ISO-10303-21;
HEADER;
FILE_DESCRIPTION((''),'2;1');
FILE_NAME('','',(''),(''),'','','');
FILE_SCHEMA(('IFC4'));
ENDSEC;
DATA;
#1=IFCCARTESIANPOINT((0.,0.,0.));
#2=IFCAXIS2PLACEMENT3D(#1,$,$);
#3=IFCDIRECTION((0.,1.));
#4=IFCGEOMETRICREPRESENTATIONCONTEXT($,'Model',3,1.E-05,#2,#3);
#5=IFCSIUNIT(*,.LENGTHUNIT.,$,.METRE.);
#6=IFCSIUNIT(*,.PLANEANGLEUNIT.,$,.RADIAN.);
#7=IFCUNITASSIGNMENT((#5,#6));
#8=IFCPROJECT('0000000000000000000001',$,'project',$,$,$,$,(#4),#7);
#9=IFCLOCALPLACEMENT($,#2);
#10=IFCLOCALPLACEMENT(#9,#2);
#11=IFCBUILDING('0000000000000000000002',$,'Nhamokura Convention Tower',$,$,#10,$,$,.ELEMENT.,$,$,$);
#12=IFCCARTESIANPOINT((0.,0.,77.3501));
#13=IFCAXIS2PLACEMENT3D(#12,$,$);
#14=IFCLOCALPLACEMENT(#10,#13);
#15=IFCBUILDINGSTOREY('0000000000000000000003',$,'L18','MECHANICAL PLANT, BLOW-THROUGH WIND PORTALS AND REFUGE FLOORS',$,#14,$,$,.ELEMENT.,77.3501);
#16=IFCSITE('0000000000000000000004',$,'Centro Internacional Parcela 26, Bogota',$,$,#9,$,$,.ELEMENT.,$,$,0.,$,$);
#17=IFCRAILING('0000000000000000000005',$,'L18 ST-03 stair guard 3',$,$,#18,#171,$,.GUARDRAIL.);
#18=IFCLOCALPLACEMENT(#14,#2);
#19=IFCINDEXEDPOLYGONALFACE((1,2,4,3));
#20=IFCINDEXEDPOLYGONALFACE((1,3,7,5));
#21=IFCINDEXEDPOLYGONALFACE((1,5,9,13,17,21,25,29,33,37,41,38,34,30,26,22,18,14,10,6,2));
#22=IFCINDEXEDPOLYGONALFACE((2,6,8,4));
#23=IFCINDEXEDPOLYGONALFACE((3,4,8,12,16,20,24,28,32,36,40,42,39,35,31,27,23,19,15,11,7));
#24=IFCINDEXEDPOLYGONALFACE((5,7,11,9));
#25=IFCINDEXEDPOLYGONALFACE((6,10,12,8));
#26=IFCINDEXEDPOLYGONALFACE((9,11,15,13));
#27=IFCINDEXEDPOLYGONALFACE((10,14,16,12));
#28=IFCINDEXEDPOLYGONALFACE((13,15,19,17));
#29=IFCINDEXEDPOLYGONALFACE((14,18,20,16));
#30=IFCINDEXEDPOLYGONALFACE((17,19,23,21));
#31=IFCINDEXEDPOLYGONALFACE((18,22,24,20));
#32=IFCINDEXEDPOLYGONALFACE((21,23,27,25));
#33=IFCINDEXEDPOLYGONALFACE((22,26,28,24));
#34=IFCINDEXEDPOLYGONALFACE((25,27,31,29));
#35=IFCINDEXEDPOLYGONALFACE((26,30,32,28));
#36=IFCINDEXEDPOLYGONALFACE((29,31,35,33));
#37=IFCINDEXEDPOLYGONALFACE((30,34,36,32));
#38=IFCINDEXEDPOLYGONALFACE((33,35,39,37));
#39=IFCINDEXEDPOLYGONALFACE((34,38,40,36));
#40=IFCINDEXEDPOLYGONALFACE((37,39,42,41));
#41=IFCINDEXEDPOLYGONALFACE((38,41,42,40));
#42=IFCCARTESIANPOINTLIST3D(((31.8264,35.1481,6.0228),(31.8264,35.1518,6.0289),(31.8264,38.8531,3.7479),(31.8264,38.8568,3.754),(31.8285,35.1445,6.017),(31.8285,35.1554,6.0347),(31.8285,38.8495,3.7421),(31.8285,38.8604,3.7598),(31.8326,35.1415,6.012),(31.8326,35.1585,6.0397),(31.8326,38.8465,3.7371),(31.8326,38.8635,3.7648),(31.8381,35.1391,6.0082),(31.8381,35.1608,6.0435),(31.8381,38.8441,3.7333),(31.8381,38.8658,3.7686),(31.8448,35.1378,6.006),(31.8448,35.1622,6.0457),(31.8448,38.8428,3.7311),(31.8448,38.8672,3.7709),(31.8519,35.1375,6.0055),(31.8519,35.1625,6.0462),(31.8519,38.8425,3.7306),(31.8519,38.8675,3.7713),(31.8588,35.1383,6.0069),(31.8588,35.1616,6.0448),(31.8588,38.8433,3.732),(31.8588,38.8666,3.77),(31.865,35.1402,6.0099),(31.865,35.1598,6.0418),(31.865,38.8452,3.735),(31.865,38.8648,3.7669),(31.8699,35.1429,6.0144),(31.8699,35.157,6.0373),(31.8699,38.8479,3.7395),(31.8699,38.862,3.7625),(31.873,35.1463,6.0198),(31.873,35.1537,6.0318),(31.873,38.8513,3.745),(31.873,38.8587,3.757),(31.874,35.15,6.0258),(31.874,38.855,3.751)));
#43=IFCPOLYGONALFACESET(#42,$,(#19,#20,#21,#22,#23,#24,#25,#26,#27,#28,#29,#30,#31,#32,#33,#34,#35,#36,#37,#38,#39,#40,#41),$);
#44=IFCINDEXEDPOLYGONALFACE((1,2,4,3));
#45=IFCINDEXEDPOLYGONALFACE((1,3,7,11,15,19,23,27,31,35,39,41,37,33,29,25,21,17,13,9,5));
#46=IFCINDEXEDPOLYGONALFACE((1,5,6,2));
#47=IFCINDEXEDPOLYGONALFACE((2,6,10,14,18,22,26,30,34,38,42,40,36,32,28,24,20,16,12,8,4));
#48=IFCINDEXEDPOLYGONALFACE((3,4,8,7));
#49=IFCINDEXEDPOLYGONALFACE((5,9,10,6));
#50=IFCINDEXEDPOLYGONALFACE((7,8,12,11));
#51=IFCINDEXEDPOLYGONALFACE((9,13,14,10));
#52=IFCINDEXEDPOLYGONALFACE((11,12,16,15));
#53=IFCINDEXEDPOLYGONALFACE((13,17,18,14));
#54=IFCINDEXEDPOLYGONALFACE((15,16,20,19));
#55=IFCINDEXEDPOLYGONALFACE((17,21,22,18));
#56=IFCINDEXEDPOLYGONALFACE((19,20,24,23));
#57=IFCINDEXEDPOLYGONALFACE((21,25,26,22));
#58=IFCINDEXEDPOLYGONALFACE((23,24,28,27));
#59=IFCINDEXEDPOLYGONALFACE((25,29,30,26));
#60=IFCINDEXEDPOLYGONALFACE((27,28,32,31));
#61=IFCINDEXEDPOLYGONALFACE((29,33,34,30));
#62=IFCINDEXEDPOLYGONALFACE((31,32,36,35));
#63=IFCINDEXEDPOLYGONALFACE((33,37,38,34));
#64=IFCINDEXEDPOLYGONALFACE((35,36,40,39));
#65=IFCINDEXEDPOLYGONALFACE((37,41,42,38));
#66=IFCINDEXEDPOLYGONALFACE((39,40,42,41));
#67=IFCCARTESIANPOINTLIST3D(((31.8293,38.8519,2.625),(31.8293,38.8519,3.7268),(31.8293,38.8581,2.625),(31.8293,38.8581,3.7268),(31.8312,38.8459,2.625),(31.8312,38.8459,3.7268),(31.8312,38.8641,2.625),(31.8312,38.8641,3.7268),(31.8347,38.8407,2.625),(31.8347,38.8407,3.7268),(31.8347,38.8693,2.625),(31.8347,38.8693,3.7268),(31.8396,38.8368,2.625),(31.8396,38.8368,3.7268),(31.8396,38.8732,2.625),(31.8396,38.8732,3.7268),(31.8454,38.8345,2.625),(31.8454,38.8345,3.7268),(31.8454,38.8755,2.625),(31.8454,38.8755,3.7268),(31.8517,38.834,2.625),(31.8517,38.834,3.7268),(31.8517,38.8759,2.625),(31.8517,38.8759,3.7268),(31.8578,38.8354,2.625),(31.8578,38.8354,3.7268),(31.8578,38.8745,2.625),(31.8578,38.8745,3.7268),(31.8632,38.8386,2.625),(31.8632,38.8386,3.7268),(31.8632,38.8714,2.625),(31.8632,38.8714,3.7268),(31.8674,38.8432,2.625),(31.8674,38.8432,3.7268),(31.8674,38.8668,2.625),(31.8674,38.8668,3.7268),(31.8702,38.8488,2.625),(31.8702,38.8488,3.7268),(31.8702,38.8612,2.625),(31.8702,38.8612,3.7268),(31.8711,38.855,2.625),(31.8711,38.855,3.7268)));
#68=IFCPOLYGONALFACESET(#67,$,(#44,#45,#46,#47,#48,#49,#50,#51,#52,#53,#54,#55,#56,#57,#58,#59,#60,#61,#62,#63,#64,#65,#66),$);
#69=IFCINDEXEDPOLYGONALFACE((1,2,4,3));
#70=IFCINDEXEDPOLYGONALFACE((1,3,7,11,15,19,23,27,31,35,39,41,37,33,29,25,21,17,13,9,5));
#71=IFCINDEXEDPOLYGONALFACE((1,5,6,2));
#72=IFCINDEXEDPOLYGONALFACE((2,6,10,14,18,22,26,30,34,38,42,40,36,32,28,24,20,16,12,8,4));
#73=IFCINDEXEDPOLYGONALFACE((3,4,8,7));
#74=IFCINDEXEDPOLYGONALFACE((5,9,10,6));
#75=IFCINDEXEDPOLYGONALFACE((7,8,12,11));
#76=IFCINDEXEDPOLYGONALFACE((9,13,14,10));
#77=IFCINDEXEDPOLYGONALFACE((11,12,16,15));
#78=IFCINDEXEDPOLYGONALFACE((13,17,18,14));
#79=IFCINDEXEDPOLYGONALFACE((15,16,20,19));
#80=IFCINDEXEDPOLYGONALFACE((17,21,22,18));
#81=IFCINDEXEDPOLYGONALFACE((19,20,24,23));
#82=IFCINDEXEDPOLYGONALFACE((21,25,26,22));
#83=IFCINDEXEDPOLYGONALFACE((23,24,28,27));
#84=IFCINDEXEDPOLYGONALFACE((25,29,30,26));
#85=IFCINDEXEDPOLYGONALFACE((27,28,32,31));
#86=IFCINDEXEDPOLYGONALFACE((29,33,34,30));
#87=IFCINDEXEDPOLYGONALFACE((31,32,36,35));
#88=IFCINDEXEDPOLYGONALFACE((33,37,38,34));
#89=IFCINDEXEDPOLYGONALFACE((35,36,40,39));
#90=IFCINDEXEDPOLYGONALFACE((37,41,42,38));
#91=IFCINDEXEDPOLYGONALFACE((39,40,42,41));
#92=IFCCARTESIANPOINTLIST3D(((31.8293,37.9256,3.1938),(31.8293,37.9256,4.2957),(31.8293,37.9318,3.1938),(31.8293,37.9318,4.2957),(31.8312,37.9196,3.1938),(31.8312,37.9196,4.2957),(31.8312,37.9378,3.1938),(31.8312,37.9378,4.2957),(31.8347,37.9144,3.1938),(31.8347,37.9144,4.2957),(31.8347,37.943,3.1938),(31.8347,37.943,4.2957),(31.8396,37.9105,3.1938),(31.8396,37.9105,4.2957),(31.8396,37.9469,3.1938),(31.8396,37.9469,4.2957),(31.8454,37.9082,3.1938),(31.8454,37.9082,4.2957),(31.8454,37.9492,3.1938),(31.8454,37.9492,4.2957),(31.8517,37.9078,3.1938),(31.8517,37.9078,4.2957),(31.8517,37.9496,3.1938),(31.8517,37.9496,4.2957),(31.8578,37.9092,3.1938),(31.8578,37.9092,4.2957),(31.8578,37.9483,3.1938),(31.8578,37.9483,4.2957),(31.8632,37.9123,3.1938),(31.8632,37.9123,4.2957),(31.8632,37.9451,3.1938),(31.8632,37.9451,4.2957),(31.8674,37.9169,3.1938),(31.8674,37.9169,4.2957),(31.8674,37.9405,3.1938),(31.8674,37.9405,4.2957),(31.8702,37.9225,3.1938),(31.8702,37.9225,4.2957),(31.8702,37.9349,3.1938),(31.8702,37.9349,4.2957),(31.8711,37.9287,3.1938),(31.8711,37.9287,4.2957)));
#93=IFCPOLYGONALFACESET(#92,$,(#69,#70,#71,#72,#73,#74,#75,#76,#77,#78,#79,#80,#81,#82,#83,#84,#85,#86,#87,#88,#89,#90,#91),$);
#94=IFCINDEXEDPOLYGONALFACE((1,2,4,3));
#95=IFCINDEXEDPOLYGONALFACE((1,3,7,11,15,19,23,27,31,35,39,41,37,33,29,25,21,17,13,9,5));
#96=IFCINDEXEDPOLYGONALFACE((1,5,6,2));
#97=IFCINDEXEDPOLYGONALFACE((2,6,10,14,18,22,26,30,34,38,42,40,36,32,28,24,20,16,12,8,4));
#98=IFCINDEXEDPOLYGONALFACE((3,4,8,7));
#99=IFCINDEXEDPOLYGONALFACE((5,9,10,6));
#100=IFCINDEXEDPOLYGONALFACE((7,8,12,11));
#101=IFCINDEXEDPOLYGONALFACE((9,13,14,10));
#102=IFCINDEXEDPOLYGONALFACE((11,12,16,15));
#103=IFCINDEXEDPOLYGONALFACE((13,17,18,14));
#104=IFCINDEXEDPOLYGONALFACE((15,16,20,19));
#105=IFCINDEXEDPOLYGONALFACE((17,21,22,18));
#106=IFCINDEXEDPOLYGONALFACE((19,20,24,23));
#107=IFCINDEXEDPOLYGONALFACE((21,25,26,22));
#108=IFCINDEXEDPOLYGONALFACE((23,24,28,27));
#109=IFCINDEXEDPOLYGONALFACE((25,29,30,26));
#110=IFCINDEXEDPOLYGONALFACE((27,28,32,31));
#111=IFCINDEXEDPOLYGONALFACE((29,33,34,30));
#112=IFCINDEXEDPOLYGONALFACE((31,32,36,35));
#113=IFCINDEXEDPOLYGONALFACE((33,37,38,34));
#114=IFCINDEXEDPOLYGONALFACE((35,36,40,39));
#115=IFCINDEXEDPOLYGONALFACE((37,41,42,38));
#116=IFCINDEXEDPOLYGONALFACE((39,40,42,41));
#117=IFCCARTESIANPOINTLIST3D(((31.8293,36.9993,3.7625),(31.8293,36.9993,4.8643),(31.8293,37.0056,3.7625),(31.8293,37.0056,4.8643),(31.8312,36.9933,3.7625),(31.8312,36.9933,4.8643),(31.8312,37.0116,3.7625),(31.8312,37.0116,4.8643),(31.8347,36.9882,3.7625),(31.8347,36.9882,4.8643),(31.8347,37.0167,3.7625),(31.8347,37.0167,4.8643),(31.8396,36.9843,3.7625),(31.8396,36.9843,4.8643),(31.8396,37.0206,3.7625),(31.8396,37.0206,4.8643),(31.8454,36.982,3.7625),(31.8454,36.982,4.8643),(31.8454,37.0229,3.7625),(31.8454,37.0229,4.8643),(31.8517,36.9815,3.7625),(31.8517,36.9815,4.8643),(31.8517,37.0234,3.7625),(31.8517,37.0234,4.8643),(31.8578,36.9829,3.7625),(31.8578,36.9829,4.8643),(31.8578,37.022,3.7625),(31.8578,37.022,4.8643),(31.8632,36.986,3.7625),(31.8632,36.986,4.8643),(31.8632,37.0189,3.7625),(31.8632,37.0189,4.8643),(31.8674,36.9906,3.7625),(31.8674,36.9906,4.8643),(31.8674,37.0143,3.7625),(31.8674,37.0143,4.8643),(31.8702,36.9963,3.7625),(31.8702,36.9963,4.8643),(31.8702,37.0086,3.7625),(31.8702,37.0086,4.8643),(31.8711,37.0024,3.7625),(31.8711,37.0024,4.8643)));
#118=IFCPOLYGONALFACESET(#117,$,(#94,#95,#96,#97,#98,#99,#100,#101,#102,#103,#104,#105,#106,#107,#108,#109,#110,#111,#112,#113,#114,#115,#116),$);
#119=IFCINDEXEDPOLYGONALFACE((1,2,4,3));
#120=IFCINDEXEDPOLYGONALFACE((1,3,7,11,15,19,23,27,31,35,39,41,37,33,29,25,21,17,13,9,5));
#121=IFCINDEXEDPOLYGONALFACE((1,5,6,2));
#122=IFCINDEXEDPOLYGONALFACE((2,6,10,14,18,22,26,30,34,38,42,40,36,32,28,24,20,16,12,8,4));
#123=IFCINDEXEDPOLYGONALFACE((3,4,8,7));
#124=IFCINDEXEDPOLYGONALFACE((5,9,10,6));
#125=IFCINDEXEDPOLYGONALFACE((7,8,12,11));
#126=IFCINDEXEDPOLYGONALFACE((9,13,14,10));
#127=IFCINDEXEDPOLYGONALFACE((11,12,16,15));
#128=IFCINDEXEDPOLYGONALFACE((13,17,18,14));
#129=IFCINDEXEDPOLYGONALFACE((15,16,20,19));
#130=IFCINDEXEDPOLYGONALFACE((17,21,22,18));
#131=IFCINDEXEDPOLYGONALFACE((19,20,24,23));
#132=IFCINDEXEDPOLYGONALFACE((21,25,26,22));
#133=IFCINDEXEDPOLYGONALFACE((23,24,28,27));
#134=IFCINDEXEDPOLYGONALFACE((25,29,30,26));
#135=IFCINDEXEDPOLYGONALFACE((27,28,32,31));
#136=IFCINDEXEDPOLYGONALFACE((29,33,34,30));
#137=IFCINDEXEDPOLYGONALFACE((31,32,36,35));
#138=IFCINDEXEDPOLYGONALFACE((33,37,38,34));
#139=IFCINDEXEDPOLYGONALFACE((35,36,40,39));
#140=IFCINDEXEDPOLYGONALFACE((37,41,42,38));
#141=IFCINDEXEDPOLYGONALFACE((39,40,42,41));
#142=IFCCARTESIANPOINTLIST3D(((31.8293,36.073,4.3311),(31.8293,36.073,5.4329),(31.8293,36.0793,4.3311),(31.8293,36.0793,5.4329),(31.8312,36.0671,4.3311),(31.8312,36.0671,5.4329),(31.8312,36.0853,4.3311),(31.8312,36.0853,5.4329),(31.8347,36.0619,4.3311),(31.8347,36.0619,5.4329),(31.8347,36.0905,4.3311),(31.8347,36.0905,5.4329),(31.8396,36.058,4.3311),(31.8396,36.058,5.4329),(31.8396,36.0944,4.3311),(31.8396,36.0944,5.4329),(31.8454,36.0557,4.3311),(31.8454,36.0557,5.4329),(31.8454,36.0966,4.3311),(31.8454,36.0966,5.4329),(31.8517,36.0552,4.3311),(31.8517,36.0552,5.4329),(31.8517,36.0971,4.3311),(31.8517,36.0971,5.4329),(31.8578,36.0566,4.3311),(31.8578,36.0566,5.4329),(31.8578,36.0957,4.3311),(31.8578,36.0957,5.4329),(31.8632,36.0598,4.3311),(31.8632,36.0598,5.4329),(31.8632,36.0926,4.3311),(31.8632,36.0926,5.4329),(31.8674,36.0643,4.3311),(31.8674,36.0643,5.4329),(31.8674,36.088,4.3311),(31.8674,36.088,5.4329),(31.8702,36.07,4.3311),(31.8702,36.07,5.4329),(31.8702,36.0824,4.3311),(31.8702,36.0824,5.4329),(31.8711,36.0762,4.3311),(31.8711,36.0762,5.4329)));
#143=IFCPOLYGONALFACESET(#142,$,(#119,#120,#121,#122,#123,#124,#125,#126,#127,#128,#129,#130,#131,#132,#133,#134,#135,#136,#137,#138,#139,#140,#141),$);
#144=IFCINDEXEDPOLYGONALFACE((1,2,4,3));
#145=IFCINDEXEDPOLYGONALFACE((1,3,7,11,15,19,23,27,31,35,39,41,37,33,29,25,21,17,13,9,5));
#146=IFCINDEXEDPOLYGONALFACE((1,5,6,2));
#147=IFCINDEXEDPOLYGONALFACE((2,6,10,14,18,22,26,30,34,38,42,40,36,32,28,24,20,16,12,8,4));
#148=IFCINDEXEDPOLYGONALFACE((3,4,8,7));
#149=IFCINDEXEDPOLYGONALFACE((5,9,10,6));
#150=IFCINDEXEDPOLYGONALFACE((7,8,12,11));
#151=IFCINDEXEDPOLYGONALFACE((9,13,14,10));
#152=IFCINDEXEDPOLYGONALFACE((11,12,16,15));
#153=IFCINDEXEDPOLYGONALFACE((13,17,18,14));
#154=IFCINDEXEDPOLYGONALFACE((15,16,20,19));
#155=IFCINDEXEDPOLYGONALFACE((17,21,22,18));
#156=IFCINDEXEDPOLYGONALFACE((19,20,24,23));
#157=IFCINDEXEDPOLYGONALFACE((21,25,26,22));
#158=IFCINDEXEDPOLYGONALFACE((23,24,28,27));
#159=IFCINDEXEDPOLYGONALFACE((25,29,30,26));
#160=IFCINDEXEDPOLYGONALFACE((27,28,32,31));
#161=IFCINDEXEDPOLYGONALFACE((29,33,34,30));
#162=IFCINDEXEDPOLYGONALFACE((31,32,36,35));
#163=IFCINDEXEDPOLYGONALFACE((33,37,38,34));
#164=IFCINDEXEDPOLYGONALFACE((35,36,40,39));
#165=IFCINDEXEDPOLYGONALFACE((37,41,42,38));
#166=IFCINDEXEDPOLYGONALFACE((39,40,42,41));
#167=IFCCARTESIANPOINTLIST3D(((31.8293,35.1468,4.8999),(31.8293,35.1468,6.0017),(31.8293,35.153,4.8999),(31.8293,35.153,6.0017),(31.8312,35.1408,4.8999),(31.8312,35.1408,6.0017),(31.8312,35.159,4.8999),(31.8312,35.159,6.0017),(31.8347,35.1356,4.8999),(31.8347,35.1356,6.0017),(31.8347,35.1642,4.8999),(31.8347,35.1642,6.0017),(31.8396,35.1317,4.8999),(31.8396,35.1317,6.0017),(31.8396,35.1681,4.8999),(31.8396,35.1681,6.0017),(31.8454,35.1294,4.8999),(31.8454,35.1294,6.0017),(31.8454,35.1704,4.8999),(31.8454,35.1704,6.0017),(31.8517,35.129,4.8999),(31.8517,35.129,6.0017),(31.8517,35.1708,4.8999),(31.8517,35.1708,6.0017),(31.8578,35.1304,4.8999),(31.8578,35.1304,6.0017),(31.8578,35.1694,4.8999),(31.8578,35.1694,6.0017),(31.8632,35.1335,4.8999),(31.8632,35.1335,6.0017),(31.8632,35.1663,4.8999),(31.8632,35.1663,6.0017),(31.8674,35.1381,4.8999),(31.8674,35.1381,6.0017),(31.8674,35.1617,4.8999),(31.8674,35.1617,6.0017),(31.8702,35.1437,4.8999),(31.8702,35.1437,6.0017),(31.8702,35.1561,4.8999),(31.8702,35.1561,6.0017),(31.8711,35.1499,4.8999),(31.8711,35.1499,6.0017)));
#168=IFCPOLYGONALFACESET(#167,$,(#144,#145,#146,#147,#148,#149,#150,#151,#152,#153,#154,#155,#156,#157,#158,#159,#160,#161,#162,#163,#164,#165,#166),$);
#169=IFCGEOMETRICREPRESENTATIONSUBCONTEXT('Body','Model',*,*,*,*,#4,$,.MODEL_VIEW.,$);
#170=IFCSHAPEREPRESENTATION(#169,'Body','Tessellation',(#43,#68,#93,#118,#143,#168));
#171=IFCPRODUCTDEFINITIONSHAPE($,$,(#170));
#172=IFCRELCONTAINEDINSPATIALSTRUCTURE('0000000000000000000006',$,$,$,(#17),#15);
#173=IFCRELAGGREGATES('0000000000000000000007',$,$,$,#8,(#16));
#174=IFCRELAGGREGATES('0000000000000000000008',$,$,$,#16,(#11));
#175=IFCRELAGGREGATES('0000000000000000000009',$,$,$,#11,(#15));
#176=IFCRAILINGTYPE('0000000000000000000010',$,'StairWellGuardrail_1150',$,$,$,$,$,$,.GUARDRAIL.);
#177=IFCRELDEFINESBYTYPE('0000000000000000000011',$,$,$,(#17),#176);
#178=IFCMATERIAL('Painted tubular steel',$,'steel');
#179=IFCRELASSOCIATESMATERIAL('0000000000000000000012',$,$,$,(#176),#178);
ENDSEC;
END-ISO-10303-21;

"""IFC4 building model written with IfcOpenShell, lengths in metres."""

from ifc_helpers import new_model, si_unit, direction, frame, origin, origin_2d, place, context, subcontext, project, spatial, circle, extrude, material, type_object, element, save


model = new_model("IFC4")

# Units and contexts
model_context = context("Model", 3, precision=1e-05, world=origin(), true_north=direction((0.0, 1.0)))
body_context = subcontext(model_context, "Body", "Model", "MODEL_VIEW")
ifc_project = project(units=[si_unit("LENGTHUNIT", "METRE"), si_unit("PLANEANGLEUNIT", "RADIAN")], contexts=[model_context])

# Site, building, storey
site_placement = place(None, origin())
site = spatial("IfcSite", under=ifc_project, at=site_placement, Name="Centro Internacional Parcela 26, Bogota", CompositionType="ELEMENT", RefElevation=0.0)
building_placement = place(site_placement, origin())
building = spatial("IfcBuilding", under=site, at=building_placement, Name="Nhamokura Convention Tower", CompositionType="ELEMENT")
storey_placement = place(building_placement, frame((0.0, 0.0, 77.3501)))
storey = spatial("IfcBuildingStorey", under=building, at=storey_placement, Name="L18", Description="MECHANICAL PLANT, BLOW-THROUGH WIND PORTALS AND REFUGE FLOORS", CompositionType="ELEMENT", Elevation=77.3501)

# Railing
ifc_material_1 = material(Name="Painted tubular steel", Category="steel")
railing_type_1 = type_object("IfcRailingType", Name="StairWellGuardrail_1150", PredefinedType="GUARDRAIL", material=ifc_material_1)
railing_1_placement = place(storey_placement, frame((31.8501, 38.855, 2.625)))
element("IfcRailing", 1, at=railing_1_placement, inside=storey, type_object=railing_type_1, Name="L18 ST-03 stair guard 3", PredefinedType="GUARDRAIL", context=body_context, shape_type="SweptSolid", body=[
    extrude(circle(Radius=0.0239, at=origin_2d()), frame((0.0, 0.0, 1.126), z_axis=(0.0, -0.852186, 0.523239), x_axis=(1.0, 0.0, 0.0)), (0.0, 0.0, 1.0), 4.3477),
    extrude(circle(Radius=0.021, at=origin_2d()), origin(), (0.0, 0.0, 1.0), 1.1018),
    extrude(circle(Radius=0.021, at=origin_2d()), frame((0.0, -0.9263, 0.5688)), (0.0, 0.0, 1.0), 1.1018),
    extrude(circle(Radius=0.021, at=origin_2d()), frame((0.0, -1.8525, 1.1375)), (0.0, 0.0, 1.0), 1.1018),
    extrude(circle(Radius=0.021, at=origin_2d()), frame((0.0, -2.7788, 1.7061)), (0.0, 0.0, 1.0), 1.1018),
    extrude(circle(Radius=0.021, at=origin_2d()), frame((0.0, -3.7051, 2.2749)), (0.0, 0.0, 1.0), 1.1018),
])

save(model, "model.ifc")
